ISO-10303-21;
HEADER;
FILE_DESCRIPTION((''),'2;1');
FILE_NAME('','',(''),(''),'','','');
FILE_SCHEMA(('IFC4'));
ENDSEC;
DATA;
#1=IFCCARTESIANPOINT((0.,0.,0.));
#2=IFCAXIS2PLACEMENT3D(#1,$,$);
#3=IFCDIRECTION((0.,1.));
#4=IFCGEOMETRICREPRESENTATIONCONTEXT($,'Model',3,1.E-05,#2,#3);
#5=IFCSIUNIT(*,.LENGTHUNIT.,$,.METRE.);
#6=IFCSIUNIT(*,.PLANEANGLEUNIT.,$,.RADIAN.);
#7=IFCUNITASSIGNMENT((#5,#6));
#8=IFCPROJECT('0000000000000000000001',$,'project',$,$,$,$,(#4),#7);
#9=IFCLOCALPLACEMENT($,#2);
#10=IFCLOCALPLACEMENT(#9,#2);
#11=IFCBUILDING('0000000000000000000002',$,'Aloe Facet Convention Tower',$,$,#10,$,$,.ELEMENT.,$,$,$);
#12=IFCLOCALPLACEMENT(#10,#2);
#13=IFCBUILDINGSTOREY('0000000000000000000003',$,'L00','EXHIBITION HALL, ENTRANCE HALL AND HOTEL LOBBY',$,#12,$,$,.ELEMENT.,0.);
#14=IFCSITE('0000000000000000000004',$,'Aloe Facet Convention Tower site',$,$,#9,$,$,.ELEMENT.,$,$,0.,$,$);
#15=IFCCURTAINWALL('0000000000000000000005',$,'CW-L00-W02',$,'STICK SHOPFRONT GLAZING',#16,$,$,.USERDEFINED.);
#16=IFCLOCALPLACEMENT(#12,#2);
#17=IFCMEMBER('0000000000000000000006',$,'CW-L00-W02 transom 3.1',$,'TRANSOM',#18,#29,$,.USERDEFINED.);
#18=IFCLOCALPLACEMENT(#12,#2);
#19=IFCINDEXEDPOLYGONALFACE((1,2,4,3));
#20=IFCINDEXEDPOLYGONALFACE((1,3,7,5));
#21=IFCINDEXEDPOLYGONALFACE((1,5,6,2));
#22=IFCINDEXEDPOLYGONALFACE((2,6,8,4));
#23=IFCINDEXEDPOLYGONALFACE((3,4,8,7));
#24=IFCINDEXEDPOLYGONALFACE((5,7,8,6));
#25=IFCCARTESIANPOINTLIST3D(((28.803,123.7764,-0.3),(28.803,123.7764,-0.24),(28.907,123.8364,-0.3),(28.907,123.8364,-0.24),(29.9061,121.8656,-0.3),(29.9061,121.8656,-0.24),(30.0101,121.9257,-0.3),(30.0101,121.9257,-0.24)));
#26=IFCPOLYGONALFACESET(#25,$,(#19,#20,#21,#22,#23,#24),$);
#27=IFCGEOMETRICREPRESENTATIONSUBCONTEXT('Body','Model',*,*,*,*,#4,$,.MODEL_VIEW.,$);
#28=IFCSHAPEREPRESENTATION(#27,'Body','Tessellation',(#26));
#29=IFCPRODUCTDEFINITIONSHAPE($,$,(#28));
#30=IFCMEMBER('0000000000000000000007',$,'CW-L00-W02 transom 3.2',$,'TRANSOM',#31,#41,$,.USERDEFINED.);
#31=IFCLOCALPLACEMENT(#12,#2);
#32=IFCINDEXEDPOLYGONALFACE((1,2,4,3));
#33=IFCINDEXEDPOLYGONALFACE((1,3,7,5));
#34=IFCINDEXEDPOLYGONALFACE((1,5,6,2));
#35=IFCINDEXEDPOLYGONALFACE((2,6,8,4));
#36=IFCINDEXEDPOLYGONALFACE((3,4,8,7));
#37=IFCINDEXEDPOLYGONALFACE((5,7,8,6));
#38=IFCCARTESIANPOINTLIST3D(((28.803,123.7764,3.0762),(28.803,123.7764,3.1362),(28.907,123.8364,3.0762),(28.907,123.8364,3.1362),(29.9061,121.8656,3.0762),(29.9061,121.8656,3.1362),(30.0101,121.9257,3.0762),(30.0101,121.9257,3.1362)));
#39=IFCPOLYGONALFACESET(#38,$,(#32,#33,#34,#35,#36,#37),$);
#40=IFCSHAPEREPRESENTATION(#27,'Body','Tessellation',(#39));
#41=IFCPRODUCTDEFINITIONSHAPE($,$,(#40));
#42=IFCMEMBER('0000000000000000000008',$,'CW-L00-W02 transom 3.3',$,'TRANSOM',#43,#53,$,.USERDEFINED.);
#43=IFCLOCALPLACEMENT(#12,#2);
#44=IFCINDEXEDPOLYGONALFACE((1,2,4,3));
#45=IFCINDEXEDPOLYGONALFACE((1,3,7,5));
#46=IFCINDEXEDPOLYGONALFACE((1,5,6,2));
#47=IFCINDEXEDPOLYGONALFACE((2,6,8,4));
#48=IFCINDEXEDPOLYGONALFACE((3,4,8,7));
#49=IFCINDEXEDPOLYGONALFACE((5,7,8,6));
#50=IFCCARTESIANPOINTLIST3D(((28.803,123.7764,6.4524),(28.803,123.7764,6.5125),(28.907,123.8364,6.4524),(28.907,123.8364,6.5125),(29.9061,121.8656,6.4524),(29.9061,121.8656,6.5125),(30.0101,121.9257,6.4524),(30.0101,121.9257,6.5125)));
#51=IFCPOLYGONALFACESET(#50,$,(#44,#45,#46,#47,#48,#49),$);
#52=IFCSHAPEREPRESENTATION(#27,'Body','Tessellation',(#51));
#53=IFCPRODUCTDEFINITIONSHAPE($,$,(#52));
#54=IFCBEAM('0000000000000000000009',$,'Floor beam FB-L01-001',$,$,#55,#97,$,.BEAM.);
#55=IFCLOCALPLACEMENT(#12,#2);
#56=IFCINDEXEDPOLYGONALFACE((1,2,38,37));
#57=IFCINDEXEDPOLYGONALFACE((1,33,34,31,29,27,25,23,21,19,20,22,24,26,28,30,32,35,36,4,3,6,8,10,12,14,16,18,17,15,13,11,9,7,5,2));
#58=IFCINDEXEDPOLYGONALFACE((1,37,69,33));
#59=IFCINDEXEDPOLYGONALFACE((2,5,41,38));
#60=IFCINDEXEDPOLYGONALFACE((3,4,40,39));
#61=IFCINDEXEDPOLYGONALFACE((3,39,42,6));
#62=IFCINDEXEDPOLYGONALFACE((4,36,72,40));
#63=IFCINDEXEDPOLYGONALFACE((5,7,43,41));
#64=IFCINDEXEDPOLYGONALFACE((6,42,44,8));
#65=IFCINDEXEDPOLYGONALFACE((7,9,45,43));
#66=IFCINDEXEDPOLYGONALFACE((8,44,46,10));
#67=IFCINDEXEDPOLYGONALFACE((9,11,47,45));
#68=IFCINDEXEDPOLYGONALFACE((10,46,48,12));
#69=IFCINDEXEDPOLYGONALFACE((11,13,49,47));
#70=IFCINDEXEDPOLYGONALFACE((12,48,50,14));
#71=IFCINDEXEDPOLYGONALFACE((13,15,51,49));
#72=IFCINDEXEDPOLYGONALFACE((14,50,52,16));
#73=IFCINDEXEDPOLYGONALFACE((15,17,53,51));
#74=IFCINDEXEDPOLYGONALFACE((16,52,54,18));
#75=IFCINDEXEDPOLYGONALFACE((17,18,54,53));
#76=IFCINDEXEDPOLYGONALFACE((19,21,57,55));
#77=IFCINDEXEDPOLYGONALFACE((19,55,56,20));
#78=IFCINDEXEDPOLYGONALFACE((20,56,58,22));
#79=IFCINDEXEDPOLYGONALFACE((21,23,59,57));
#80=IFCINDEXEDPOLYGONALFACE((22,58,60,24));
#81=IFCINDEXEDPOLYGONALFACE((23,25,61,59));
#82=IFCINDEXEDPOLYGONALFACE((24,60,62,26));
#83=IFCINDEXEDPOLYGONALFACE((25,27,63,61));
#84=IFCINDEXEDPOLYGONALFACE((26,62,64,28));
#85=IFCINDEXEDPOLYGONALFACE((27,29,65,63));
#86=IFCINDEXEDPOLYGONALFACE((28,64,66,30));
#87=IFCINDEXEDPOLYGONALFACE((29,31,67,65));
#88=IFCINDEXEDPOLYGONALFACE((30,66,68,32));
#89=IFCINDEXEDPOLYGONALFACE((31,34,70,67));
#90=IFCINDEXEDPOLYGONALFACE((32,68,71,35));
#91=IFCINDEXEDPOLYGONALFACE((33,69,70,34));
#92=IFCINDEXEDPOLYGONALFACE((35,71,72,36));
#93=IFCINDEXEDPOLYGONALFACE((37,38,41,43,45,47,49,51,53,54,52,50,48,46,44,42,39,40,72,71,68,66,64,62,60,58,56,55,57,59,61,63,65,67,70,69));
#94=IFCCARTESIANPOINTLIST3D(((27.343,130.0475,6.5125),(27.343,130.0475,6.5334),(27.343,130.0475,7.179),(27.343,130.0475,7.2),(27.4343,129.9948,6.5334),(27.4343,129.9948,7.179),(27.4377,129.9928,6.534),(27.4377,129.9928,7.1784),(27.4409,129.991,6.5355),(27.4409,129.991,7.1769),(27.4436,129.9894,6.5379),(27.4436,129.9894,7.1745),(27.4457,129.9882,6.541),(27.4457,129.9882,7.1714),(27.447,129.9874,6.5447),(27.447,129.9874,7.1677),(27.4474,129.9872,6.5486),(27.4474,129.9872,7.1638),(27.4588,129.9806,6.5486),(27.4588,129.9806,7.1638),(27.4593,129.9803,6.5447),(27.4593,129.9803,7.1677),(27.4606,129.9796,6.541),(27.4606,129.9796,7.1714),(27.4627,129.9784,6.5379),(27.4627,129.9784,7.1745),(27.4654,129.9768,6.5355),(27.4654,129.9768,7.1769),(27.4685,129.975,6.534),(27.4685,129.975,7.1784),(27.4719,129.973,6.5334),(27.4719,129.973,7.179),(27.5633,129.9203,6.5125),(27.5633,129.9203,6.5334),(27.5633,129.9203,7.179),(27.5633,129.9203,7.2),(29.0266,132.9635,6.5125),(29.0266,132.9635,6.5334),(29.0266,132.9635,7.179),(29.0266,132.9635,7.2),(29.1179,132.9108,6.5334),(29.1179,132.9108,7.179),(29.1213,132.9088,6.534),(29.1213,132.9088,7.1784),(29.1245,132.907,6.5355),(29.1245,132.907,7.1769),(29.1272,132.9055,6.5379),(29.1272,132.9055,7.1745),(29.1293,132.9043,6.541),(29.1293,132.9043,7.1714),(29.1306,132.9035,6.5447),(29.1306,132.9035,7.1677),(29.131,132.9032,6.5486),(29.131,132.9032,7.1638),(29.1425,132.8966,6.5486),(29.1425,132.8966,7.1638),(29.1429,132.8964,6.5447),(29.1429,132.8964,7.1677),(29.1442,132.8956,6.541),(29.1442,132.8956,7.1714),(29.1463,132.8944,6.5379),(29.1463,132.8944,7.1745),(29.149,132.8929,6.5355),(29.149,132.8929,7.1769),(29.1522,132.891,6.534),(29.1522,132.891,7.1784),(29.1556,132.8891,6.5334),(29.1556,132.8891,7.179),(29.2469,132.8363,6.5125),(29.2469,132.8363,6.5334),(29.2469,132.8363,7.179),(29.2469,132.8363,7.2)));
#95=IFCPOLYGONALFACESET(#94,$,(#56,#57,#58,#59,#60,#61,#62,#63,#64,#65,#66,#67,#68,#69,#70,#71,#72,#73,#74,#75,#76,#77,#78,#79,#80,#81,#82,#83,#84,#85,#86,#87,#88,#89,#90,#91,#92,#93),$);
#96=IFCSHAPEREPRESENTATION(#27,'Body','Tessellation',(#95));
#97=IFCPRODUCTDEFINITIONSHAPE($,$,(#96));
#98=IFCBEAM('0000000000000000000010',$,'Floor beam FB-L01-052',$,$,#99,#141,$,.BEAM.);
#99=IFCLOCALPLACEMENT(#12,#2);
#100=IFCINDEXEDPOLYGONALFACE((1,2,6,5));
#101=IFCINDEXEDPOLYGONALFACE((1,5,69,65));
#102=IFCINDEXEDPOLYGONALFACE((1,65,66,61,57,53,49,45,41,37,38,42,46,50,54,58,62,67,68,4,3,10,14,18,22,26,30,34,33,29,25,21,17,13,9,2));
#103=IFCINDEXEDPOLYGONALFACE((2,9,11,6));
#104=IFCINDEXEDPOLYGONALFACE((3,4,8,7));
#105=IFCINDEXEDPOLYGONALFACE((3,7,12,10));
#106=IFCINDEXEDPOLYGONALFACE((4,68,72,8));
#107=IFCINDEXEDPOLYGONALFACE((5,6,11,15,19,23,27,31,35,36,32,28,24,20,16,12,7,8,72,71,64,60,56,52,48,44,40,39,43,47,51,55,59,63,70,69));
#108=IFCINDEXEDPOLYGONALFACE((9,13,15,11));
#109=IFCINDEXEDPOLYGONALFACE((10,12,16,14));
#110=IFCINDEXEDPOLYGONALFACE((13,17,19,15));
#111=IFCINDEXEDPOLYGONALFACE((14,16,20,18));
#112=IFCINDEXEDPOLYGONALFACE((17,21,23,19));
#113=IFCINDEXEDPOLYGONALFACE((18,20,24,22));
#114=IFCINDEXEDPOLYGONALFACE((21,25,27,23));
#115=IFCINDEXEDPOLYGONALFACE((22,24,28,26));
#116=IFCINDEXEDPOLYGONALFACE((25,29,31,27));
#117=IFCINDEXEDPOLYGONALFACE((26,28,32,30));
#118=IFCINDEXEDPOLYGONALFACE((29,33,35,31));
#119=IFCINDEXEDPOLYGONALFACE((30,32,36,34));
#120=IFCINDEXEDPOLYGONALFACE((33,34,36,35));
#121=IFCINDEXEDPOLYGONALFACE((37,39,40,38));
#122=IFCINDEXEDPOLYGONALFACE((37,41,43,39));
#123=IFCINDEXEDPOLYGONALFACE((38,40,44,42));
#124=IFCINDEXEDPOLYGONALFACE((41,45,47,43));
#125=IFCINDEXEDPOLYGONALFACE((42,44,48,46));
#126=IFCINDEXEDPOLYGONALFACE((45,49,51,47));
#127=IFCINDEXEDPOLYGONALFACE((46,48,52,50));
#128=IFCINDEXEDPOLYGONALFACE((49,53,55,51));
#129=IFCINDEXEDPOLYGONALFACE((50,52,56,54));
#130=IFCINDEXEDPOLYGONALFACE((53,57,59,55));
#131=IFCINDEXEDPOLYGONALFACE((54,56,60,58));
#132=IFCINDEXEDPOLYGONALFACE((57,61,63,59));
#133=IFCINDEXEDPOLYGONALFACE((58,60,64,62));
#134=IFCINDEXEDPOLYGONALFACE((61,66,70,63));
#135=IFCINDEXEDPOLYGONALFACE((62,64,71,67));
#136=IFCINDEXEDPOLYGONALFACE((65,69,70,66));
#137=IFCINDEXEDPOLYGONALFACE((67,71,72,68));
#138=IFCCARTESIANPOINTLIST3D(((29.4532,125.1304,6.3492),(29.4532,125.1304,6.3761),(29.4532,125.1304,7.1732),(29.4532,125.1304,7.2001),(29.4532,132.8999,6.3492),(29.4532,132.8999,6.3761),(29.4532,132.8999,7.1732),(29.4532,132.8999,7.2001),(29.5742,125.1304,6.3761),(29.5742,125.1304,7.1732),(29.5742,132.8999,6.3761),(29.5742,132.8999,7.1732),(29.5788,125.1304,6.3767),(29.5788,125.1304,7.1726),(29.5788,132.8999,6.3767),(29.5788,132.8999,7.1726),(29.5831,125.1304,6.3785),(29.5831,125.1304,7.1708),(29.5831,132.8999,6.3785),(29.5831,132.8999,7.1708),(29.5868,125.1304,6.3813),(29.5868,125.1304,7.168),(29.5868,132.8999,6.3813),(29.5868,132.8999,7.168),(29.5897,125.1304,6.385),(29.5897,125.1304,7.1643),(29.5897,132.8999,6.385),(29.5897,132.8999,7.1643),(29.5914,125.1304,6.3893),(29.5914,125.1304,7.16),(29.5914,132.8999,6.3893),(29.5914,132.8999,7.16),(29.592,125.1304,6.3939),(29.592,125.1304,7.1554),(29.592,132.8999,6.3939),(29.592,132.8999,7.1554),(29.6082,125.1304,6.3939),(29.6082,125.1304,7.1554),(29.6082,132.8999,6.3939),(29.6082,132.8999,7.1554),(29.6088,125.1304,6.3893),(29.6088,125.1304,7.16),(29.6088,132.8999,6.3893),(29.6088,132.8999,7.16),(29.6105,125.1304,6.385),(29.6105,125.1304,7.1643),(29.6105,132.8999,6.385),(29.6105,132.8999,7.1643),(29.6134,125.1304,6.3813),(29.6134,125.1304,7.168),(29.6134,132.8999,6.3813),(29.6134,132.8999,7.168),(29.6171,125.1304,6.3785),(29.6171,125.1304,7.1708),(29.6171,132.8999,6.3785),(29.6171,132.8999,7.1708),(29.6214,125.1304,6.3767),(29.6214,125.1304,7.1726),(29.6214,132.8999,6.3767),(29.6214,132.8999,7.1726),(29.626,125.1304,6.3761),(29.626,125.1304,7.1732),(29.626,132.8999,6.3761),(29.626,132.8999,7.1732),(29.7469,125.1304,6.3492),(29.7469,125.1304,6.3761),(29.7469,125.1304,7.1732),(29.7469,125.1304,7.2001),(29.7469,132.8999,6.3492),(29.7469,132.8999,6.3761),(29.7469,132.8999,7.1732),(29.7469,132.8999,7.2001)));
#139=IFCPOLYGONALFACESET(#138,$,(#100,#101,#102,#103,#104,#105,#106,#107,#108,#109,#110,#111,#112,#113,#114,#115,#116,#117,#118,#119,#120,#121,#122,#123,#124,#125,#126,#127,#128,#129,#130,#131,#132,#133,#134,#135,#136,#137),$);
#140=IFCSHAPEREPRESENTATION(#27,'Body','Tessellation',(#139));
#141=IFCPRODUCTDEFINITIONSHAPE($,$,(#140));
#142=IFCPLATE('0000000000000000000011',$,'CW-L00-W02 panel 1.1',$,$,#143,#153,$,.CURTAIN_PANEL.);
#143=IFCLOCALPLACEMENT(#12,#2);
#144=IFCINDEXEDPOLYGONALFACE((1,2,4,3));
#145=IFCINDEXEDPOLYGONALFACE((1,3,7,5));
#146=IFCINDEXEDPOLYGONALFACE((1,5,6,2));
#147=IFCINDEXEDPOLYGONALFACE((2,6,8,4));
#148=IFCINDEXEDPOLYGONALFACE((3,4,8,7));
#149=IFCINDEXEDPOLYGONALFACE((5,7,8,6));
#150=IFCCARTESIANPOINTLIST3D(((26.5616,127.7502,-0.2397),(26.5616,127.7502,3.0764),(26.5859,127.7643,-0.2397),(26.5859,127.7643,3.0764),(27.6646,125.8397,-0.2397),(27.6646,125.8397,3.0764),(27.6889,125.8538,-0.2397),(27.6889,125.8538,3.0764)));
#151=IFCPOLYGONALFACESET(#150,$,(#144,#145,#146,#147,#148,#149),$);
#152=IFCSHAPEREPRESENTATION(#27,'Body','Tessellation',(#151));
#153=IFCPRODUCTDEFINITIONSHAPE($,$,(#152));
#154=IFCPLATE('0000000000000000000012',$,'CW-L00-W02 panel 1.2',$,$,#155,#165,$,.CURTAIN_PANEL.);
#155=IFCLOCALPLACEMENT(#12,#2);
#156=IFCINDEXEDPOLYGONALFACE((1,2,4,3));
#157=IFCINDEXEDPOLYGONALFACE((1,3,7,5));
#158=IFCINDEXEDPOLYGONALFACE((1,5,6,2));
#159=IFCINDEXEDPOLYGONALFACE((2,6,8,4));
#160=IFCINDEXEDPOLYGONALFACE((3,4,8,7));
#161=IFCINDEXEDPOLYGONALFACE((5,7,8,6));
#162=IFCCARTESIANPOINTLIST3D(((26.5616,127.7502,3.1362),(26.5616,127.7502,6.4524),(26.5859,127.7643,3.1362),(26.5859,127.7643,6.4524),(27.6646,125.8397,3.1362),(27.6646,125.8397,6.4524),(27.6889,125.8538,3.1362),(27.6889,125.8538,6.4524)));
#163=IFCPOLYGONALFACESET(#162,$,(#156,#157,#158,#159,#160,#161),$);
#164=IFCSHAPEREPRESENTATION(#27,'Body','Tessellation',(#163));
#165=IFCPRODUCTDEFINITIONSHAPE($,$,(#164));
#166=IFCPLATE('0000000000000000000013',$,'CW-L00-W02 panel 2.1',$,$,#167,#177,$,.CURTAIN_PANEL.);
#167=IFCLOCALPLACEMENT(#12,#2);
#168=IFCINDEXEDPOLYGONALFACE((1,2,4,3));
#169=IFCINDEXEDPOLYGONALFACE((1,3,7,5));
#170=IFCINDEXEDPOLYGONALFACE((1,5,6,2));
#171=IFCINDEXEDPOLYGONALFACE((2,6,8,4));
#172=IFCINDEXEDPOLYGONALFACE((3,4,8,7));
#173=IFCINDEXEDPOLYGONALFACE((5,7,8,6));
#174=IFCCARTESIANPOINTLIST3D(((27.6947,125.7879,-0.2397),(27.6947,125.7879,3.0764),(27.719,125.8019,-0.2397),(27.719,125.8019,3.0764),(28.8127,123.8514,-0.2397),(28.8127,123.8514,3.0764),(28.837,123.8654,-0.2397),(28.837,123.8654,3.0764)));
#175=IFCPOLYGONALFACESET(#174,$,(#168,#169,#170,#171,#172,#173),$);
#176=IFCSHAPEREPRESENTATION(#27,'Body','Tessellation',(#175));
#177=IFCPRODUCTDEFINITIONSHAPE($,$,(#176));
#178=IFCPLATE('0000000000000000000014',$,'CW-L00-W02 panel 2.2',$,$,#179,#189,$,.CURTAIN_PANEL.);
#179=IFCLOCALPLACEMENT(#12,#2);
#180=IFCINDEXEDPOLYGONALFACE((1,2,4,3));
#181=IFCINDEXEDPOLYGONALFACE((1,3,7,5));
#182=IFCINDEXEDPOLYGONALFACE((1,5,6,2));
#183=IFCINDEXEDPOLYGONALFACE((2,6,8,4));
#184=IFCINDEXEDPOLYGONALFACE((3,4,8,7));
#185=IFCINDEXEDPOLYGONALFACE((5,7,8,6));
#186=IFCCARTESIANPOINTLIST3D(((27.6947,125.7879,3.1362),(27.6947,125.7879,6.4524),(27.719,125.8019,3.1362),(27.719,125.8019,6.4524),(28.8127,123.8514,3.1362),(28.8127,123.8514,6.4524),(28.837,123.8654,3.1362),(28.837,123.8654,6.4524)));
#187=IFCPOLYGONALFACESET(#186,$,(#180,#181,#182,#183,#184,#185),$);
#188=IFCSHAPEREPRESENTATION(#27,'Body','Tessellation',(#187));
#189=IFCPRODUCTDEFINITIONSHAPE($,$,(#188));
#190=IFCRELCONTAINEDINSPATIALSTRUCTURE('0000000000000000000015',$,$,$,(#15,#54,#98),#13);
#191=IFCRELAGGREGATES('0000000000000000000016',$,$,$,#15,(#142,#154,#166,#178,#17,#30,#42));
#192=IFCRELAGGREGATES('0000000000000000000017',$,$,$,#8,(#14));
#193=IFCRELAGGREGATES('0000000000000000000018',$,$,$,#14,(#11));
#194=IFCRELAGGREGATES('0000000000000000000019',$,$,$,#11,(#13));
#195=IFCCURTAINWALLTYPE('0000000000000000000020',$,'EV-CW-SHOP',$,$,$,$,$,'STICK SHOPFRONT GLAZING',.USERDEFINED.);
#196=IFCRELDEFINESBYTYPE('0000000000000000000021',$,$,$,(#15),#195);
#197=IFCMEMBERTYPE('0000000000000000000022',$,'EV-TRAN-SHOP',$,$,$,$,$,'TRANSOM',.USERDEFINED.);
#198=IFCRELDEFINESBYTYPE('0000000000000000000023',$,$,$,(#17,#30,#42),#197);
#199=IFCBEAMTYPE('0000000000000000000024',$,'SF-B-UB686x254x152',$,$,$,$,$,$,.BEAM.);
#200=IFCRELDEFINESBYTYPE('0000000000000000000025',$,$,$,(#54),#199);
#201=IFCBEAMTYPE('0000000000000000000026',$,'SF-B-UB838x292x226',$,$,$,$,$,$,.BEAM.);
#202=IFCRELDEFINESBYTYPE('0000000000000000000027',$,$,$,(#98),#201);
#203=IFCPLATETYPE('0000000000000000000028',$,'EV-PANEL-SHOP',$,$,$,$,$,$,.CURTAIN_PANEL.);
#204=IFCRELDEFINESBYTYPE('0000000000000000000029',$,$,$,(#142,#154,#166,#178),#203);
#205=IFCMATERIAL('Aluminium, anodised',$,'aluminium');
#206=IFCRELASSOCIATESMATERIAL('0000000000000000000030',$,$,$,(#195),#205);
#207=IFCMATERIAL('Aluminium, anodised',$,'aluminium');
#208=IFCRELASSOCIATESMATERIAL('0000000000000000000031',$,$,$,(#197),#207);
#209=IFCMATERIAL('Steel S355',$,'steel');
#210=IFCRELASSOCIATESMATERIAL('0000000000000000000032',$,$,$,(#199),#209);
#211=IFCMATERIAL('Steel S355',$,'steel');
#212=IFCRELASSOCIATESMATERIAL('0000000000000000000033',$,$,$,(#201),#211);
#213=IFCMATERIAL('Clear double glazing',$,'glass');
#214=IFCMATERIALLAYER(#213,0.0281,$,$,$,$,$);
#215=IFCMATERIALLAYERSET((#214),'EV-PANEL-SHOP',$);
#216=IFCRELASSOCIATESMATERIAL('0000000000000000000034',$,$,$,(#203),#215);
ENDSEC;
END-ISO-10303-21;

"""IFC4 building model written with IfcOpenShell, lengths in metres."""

from ifc_helpers import new_model, si_unit, direction, frame, origin, origin_2d, place, context, subcontext, project, spatial, rectangle, i_section, extrude, material, layer, layer_set, material_profile, profile_set, type_object, element, aggregate, save


model = new_model("IFC4")

# Units and contexts
model_context = context("Model", 3, precision=1e-05, world=origin(), true_north=direction((0.0, 1.0)))
body_context = subcontext(model_context, "Body", "Model", "MODEL_VIEW")
ifc_project = project(units=[si_unit("LENGTHUNIT", "METRE"), si_unit("PLANEANGLEUNIT", "RADIAN")], contexts=[model_context])

# Site, building, storey
site_placement = place(None, origin())
site = spatial("IfcSite", under=ifc_project, at=site_placement, Name="Aloe Facet Convention Tower site", CompositionType="ELEMENT", RefElevation=0.0)
building_placement = place(site_placement, origin())
building = spatial("IfcBuilding", under=site, at=building_placement, Name="Aloe Facet Convention Tower", CompositionType="ELEMENT")
storey_placement = place(building_placement, origin())
storey = spatial("IfcBuildingStorey", under=building, at=storey_placement, Name="L00", Description="EXHIBITION HALL, ENTRANCE HALL AND HOTEL LOBBY", CompositionType="ELEMENT", Elevation=0.0)

# Curtain wall, members
ifc_material_1 = material(Name="Aluminium, anodised", Category="aluminium")
curtain_wall_type = type_object("IfcCurtainWallType", Name="EV-CW-SHOP", ElementType="STICK SHOPFRONT GLAZING", PredefinedType="USERDEFINED", material=ifc_material_1)
curtain_wall_placement = place(storey_placement, origin())
curtain_wall = element("IfcCurtainWall", 1, at=curtain_wall_placement, inside=storey, type_object=curtain_wall_type, Name="CW-L00-W02", ObjectType="STICK SHOPFRONT GLAZING", PredefinedType="USERDEFINED")
ifc_material_2 = material(Name="Aluminium, anodised", Category="aluminium")
ifc_material_profile_1 = material_profile(ifc_material_2, rectangle(XDim=0.1201, YDim=0.0601, at=origin_2d()), Name="AL 120x60")
ifc_profile_set_1 = profile_set([ifc_material_profile_1], Name="Aluminium, anodised")
member_type_1 = type_object("IfcMemberType", Name="EV-TRAN-SHOP", ElementType="TRANSOM", PredefinedType="USERDEFINED", material=ifc_profile_set_1)
member_1_placement = place(storey_placement, frame((28.855, 123.8064, -0.27), z_axis=(0.499972, -0.866042, 0.0), x_axis=(0.866042, 0.499972, 0.0)))
member_1 = element("IfcMember", 2, at=member_1_placement, type_object=member_type_1, Name="CW-L00-W02 transom 3.1", ObjectType="TRANSOM", PredefinedType="USERDEFINED", context=body_context, shape_type="SweptSolid", body=[
    extrude(rectangle(XDim=0.1201, YDim=0.0601, at=origin_2d()), origin(), (0.0, 0.0, 1.0), 2.2063),
])
member_2_placement = place(storey_placement, frame((28.855, 123.8064, 3.1062), z_axis=(0.499972, -0.866042, 0.0), x_axis=(0.866042, 0.499972, 0.0)))
member_2 = element("IfcMember", 3, at=member_2_placement, type_object=member_type_1, Name="CW-L00-W02 transom 3.2", ObjectType="TRANSOM", PredefinedType="USERDEFINED", context=body_context, shape_type="SweptSolid", body=[
    extrude(rectangle(XDim=0.1201, YDim=0.0601, at=origin_2d()), origin(), (0.0, 0.0, 1.0), 2.2063),
])
member_3_placement = place(storey_placement, frame((28.855, 123.8064, 6.4824), z_axis=(0.499972, -0.866042, 0.0), x_axis=(0.866042, 0.499972, 0.0)))
member_3 = element("IfcMember", 4, at=member_3_placement, type_object=member_type_1, Name="CW-L00-W02 transom 3.3", ObjectType="TRANSOM", PredefinedType="USERDEFINED", context=body_context, shape_type="SweptSolid", body=[
    extrude(rectangle(XDim=0.1201, YDim=0.0601, at=origin_2d()), origin(), (0.0, 0.0, 1.0), 2.2063),
])

# Beams
ifc_material_3 = material(Name="Steel S355", Category="steel")
ifc_material_profile_2 = material_profile(ifc_material_3, i_section(OverallWidth=0.2544, OverallDepth=0.6875, WebThickness=0.0132, FlangeThickness=0.021, FilletRadius=0.0151, at=origin_2d()), Name="UB 686x254x152")
ifc_profile_set_2 = profile_set([ifc_material_profile_2], Name="Steel S355")
beam_type_1 = type_object("IfcBeamType", Name="SF-B-UB686x254x152", PredefinedType="BEAM", material=ifc_profile_set_2)
beam_1_placement = place(storey_placement, frame((27.4531, 129.9839, 6.8562), z_axis=(0.500007, 0.866021, 0.0), x_axis=(-0.866021, 0.500007, 0.0)))
element("IfcBeam", 5, at=beam_1_placement, inside=storey, type_object=beam_type_1, Name="Floor beam FB-L01-001", PredefinedType="BEAM", context=body_context, shape_type="SweptSolid", body=[
    extrude(i_section(OverallWidth=0.2544, OverallDepth=0.6875, WebThickness=0.0132, FlangeThickness=0.021, FilletRadius=0.0151, at=origin_2d()), origin(), (0.0, 0.0, 1.0), 3.3672),
])
ifc_material_4 = material(Name="Steel S355", Category="steel")
ifc_material_profile_3 = material_profile(ifc_material_4, i_section(OverallWidth=0.2937, OverallDepth=0.8508, WebThickness=0.0161, FlangeThickness=0.0269, FilletRadius=0.0178, at=origin_2d()), Name="UB 838x292x226")
ifc_profile_set_3 = profile_set([ifc_material_profile_3], Name="Steel S355")
beam_type_2 = type_object("IfcBeamType", Name="SF-B-UB838x292x226", PredefinedType="BEAM", material=ifc_profile_set_3)
beam_2_placement = place(storey_placement, frame((29.6001, 125.1304, 6.7747), z_axis=(0.0, 1.0, 0.0), x_axis=(-1.0, 0.0, 0.0)))
element("IfcBeam", 6, at=beam_2_placement, inside=storey, type_object=beam_type_2, Name="Floor beam FB-L01-052", PredefinedType="BEAM", context=body_context, shape_type="SweptSolid", body=[
    extrude(i_section(OverallWidth=0.2937, OverallDepth=0.8508, WebThickness=0.0161, FlangeThickness=0.0269, FilletRadius=0.0178, at=origin_2d()), origin(), (0.0, 0.0, 1.0), 7.7695),
])

# Plates
ifc_material_5 = material(Name="Clear double glazing", Category="glass")
ifc_layer_1 = layer(ifc_material_5, 0.0281)
ifc_layer_set_1 = layer_set([ifc_layer_1], Name="EV-PANEL-SHOP")
plate_type = type_object("IfcPlateType", Name="EV-PANEL-SHOP", PredefinedType="CURTAIN_PANEL", material=ifc_layer_set_1)
plate_1_placement = place(storey_placement, frame((27.1252, 126.802, -0.2397), z_axis=(0.0, 0.0, 1.0), x_axis=(0.5, -0.866025, 0.0)))
plate_1 = element("IfcPlate", 7, at=plate_1_placement, type_object=plate_type, Name="CW-L00-W02 panel 1.1", PredefinedType="CURTAIN_PANEL", context=body_context, shape_type="SweptSolid", body=[
    extrude(rectangle(XDim=2.2061, YDim=0.0281, at=origin_2d()), origin(), (0.0, 0.0, 1.0), 3.3162),
])
plate_2_placement = place(storey_placement, frame((27.1252, 126.802, 3.1362), z_axis=(0.0, 0.0, 1.0), x_axis=(0.5, -0.866025, 0.0)))
plate_2 = element("IfcPlate", 8, at=plate_2_placement, type_object=plate_type, Name="CW-L00-W02 panel 1.2", PredefinedType="CURTAIN_PANEL", context=body_context, shape_type="SweptSolid", body=[
    extrude(rectangle(XDim=2.2061, YDim=0.0281, at=origin_2d()), origin(), (0.0, 0.0, 1.0), 3.3162),
])
plate_3_placement = place(storey_placement, frame((28.2659, 124.8267, -0.2397), z_axis=(0.0, 0.0, 1.0), x_axis=(0.5, -0.866025, 0.0)))
plate_3 = element("IfcPlate", 9, at=plate_3_placement, type_object=plate_type, Name="CW-L00-W02 panel 2.1", PredefinedType="CURTAIN_PANEL", context=body_context, shape_type="SweptSolid", body=[
    extrude(rectangle(XDim=2.2361, YDim=0.0281, at=origin_2d()), origin(), (0.0, 0.0, 1.0), 3.3162),
])
plate_4_placement = place(storey_placement, frame((28.2659, 124.8267, 3.1362), z_axis=(0.0, 0.0, 1.0), x_axis=(0.5, -0.866025, 0.0)))
plate_4 = element("IfcPlate", 10, at=plate_4_placement, type_object=plate_type, Name="CW-L00-W02 panel 2.2", PredefinedType="CURTAIN_PANEL", context=body_context, shape_type="SweptSolid", body=[
    extrude(rectangle(XDim=2.2361, YDim=0.0281, at=origin_2d()), origin(), (0.0, 0.0, 1.0), 3.3162),
])
aggregate(curtain_wall, [plate_1, plate_2, plate_3, plate_4, member_1, member_2, member_3])

save(model, "model.ifc")
